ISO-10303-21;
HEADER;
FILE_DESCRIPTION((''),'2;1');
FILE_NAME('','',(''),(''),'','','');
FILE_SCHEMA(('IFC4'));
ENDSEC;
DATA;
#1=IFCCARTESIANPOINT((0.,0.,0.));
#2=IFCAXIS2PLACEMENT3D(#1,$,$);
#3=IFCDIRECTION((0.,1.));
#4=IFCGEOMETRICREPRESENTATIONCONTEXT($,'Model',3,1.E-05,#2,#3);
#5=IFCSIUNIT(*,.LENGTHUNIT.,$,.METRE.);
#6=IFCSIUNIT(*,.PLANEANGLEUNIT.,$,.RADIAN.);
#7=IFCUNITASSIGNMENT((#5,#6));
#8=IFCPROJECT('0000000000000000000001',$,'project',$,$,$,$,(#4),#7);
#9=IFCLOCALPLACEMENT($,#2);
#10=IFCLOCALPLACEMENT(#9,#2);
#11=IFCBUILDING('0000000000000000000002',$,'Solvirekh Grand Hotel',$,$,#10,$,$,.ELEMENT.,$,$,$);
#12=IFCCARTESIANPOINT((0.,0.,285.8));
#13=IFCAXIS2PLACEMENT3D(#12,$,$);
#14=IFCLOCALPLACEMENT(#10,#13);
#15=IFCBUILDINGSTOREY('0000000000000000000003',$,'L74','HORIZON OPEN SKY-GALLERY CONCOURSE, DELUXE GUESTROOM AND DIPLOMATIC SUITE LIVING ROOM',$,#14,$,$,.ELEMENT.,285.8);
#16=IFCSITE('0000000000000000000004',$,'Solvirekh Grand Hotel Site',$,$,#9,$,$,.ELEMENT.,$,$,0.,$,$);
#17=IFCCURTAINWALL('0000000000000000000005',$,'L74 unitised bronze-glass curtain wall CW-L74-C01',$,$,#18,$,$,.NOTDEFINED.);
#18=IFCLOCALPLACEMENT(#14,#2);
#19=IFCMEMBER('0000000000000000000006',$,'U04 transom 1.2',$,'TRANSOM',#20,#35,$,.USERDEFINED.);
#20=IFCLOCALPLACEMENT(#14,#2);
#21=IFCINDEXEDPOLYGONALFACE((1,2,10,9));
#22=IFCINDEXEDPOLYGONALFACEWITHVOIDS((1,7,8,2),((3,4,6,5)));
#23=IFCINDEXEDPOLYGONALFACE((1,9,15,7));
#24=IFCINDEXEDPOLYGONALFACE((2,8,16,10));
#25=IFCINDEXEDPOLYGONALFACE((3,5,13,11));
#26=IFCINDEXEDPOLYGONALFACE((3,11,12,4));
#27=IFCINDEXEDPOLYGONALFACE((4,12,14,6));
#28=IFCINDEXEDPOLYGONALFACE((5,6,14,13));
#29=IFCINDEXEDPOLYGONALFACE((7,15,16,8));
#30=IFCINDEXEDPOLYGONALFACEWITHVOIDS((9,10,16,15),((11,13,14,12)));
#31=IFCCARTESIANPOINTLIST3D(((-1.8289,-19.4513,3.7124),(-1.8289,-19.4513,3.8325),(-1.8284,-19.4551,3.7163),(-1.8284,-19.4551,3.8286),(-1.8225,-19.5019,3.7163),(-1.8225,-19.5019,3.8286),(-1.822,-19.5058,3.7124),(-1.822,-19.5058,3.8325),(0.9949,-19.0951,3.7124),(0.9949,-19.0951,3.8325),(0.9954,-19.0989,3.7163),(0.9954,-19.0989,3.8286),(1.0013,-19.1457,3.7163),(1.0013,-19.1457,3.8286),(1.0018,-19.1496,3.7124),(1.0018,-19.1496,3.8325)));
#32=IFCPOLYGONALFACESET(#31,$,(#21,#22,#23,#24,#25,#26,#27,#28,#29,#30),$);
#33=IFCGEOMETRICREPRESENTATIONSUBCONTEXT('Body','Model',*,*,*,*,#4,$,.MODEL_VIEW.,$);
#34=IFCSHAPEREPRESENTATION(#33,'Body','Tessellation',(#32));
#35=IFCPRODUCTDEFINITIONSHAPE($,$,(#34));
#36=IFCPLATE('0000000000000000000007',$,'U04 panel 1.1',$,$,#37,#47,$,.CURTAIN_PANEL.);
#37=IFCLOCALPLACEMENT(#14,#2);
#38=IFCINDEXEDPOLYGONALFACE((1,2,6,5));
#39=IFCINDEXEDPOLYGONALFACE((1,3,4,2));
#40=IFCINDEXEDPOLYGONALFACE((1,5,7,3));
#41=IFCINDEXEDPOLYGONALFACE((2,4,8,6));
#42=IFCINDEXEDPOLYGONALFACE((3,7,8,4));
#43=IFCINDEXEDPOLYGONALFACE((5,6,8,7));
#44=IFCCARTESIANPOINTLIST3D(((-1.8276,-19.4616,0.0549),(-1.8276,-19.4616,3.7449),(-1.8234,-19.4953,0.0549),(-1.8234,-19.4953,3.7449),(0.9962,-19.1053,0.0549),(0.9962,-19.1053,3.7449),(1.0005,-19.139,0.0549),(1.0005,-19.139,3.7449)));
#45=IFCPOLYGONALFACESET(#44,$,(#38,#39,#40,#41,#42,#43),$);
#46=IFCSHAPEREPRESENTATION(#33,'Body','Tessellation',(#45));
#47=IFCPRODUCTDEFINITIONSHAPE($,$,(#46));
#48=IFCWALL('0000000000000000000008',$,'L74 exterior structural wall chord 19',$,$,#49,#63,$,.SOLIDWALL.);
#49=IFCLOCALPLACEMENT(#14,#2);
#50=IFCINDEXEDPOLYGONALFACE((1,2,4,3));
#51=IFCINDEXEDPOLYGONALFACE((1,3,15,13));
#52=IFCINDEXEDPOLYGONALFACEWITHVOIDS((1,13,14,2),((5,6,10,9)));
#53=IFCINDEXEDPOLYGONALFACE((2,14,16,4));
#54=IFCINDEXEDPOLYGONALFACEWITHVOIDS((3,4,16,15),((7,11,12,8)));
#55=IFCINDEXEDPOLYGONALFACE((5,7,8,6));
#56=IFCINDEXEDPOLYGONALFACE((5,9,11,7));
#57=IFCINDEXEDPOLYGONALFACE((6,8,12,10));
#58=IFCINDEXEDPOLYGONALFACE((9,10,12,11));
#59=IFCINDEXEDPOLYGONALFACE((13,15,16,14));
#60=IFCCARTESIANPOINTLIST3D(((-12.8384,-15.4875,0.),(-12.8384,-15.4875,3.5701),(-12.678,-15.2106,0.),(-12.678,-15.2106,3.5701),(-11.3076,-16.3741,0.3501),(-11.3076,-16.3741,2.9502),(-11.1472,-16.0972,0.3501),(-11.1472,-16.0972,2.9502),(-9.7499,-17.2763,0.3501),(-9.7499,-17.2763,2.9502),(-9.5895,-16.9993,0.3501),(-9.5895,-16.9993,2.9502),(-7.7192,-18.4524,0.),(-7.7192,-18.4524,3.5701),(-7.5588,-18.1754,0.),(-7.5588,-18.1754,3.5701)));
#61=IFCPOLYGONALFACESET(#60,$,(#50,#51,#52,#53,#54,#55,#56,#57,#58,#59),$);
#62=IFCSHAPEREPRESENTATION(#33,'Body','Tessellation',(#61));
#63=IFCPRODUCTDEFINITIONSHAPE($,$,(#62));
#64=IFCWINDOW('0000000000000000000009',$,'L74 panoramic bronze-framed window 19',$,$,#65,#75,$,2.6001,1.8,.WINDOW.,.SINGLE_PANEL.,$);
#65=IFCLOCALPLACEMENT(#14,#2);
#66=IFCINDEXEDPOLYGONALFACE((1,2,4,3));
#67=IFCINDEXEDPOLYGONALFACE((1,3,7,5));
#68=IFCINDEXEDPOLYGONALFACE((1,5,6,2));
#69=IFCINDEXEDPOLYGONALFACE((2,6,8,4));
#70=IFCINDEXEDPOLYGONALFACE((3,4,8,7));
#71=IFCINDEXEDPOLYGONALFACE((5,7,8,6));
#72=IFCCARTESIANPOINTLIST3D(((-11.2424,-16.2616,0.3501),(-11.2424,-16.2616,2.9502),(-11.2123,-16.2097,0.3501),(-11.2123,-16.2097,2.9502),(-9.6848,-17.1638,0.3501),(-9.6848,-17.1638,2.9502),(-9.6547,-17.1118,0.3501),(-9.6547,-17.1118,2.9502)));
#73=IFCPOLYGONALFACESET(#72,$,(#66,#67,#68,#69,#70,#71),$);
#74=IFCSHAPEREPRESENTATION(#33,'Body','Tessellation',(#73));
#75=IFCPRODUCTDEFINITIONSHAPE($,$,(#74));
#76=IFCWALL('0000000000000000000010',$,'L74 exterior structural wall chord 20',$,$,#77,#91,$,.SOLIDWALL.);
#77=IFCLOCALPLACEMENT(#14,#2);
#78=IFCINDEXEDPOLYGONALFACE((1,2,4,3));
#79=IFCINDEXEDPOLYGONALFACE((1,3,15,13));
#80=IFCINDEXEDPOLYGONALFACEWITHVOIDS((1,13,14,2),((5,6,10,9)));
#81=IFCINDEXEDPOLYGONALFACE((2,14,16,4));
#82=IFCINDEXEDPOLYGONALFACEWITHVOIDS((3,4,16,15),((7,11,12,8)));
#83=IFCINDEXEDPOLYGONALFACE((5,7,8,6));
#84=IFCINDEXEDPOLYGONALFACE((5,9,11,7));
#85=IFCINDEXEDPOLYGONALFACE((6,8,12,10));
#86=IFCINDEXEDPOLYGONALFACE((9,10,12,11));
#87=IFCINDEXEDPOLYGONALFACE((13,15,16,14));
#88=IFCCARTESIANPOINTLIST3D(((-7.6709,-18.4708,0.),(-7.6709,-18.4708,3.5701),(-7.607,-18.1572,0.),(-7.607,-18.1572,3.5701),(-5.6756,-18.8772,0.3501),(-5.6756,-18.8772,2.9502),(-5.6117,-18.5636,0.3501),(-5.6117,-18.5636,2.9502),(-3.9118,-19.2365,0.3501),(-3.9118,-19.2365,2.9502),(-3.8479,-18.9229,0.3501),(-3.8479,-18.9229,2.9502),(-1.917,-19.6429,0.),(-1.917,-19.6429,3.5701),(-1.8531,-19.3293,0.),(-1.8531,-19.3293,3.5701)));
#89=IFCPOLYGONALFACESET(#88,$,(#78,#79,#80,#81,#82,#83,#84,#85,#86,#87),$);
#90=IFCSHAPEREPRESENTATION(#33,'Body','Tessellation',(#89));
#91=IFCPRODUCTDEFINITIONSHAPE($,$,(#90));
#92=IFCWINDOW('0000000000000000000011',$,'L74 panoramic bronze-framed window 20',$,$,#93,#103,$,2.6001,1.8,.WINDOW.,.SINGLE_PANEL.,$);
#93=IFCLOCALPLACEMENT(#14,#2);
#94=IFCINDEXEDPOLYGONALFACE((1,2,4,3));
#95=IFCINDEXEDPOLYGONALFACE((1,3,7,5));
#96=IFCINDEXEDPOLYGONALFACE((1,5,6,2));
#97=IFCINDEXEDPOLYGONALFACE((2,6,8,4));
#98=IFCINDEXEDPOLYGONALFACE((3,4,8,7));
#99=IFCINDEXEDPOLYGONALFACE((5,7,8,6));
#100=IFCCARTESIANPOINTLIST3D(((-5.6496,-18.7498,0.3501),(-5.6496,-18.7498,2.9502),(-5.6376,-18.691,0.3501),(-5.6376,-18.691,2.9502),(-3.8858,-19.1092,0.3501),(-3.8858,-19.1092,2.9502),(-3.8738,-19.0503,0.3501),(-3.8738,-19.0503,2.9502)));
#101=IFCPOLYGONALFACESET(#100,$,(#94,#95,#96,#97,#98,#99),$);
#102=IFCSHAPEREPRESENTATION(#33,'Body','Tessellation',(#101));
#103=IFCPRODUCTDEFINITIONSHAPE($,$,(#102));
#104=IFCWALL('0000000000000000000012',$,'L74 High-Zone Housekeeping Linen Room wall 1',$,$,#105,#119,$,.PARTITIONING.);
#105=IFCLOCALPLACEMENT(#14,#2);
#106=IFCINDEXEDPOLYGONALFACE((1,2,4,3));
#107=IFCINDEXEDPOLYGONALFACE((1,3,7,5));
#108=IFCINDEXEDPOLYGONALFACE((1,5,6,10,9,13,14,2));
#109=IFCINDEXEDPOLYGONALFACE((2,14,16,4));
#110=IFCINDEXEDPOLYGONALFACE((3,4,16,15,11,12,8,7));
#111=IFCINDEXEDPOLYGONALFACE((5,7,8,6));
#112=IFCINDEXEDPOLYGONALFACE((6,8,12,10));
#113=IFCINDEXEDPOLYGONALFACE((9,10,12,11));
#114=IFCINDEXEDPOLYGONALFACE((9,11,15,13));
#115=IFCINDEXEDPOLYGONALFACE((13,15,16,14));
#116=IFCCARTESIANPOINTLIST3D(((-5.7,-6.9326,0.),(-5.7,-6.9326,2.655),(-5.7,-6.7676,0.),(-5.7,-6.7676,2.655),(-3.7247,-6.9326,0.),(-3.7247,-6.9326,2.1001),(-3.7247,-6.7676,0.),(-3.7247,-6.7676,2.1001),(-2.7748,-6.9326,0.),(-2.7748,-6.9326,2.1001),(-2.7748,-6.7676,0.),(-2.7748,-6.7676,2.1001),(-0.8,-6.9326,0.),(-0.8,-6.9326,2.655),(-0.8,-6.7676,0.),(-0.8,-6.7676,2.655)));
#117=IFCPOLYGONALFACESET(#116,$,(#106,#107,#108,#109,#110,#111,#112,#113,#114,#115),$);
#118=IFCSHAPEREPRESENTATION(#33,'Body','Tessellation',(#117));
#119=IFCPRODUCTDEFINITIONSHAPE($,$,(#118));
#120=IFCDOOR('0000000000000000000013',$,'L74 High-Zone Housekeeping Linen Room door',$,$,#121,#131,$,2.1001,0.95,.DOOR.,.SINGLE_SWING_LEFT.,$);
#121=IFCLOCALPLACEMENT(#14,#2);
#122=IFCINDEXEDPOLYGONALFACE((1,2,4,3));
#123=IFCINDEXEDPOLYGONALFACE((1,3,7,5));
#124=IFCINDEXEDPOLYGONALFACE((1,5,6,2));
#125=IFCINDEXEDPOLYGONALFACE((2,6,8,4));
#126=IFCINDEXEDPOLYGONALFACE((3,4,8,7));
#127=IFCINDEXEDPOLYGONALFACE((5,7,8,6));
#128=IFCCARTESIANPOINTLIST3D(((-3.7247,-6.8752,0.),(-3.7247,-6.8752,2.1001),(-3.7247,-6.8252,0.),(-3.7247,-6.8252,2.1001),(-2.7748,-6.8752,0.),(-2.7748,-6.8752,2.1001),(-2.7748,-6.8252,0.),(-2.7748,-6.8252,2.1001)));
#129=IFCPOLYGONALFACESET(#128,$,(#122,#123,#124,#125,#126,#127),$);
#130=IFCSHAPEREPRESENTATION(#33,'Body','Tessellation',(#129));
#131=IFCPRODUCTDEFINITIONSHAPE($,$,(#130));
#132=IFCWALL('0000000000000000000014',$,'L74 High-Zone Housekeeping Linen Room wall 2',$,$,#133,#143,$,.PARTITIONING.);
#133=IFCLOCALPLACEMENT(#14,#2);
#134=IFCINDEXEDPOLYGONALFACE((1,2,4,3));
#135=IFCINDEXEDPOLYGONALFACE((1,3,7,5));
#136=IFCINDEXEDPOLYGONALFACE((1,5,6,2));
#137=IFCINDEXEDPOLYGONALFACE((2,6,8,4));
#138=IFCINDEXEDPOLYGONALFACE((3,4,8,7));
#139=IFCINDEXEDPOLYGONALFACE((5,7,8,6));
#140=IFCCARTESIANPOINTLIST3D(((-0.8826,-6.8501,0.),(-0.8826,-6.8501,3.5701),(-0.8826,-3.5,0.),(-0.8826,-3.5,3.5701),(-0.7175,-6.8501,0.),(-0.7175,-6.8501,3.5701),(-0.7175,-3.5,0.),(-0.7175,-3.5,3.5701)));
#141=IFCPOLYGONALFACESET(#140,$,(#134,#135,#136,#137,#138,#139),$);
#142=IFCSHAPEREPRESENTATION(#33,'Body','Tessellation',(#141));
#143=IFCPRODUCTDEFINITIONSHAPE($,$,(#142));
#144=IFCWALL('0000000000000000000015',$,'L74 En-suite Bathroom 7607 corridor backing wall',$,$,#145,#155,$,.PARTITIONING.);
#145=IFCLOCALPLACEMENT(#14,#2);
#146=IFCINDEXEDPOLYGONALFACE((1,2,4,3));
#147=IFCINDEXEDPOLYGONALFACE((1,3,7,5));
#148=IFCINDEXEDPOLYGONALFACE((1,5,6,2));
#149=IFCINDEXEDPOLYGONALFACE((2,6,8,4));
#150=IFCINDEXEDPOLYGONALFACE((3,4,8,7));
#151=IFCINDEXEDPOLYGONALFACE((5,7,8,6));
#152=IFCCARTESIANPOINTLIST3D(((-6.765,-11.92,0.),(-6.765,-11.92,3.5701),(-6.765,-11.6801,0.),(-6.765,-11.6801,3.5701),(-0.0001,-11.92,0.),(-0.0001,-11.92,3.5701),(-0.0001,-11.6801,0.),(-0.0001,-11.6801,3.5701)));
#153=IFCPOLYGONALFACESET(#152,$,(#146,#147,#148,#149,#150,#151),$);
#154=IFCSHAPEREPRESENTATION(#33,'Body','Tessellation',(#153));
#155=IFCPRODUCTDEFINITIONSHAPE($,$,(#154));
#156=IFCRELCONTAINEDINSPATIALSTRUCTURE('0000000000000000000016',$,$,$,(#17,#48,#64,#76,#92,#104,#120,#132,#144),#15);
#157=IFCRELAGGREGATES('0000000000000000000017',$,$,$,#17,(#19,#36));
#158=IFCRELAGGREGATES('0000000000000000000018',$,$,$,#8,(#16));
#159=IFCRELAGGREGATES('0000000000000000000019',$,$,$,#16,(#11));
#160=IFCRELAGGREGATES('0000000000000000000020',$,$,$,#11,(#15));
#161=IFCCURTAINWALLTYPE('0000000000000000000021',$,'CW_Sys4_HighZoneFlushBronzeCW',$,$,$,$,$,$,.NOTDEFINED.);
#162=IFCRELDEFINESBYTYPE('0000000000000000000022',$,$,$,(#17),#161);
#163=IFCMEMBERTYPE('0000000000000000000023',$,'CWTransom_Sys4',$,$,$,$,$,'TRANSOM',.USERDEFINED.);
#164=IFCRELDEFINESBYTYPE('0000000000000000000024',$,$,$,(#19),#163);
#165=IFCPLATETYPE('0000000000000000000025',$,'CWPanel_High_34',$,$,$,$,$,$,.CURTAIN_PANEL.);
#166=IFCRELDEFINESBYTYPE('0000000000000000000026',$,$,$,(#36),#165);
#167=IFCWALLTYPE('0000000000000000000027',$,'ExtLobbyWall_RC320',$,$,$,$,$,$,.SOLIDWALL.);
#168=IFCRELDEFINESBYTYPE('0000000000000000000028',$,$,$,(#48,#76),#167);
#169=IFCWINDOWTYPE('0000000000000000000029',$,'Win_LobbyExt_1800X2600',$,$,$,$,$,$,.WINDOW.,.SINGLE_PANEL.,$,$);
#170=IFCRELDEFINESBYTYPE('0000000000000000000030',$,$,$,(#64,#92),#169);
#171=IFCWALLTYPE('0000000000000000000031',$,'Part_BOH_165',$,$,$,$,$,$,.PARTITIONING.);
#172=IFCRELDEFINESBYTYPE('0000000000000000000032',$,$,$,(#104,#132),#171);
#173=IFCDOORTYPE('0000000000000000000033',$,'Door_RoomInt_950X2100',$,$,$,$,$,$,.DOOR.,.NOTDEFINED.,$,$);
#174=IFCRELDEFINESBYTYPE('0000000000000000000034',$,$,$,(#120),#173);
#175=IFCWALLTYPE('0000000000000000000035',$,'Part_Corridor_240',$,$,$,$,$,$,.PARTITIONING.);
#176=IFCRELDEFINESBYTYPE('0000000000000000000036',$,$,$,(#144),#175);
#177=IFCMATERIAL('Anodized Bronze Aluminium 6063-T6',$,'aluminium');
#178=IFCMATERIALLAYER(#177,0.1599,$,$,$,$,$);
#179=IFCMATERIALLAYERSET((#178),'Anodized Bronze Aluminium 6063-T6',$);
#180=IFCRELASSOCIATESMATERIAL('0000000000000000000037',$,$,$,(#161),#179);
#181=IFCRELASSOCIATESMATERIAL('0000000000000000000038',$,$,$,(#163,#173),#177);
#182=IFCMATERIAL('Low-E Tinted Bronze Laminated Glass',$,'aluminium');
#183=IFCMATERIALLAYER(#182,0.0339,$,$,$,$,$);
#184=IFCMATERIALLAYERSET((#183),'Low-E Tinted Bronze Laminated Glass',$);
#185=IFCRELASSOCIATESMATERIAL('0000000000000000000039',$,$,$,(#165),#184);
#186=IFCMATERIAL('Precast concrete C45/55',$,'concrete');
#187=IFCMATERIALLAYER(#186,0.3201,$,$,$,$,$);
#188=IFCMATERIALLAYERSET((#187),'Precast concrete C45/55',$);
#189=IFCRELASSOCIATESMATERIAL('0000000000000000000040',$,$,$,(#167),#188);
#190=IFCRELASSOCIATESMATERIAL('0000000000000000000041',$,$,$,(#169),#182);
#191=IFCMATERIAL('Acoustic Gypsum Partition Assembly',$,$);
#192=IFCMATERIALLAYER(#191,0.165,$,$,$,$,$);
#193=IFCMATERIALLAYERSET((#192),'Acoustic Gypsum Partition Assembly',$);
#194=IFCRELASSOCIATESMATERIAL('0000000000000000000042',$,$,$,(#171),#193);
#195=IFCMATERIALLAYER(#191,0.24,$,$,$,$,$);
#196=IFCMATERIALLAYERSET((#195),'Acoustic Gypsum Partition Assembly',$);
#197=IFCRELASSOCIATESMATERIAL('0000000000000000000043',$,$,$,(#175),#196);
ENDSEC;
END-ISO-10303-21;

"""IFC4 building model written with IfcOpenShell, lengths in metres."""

from ifc_helpers import new_model, si_unit, direction, frame, frame_2d, origin, origin_2d, place, context, subcontext, project, spatial, rectangle, hollow_rectangle, extrude, source, transform, mapped, material, layer, layer_set, material_profile, profile_set, type_object, element, fill, aggregate, save


model = new_model("IFC4")

# Units and contexts
model_context = context("Model", 3, precision=1e-05, world=origin(), true_north=direction((0.0, 1.0)))
body_context = subcontext(model_context, "Body", "Model", "MODEL_VIEW")
ifc_project = project(units=[si_unit("LENGTHUNIT", "METRE"), si_unit("PLANEANGLEUNIT", "RADIAN")], contexts=[model_context])

# Site, building, storey
site_placement = place(None, origin())
site = spatial("IfcSite", under=ifc_project, at=site_placement, Name="Solvirekh Grand Hotel Site", CompositionType="ELEMENT", RefElevation=0.0)
building_placement = place(site_placement, origin())
building = spatial("IfcBuilding", under=site, at=building_placement, Name="Solvirekh Grand Hotel", CompositionType="ELEMENT")
storey_placement = place(building_placement, frame((0.0, 0.0, 285.8)))
storey = spatial("IfcBuildingStorey", under=building, at=storey_placement, Name="L74", Description="HORIZON OPEN SKY-GALLERY CONCOURSE, DELUXE GUESTROOM AND DIPLOMATIC SUITE LIVING ROOM", CompositionType="ELEMENT", Elevation=285.8)

# Curtain wall, member, plate
ifc_material_1 = material(Name="Anodized Bronze Aluminium 6063-T6", Category="aluminium")
ifc_layer_1 = layer(ifc_material_1, 0.1599)
ifc_layer_set_1 = layer_set([ifc_layer_1], Name="Anodized Bronze Aluminium 6063-T6")
curtain_wall_type = type_object("IfcCurtainWallType", Name="CW_Sys4_HighZoneFlushBronzeCW", PredefinedType="NOTDEFINED", material=ifc_layer_set_1)
curtain_wall_placement = place(storey_placement, origin())
curtain_wall = element("IfcCurtainWall", 1, at=curtain_wall_placement, inside=storey, type_object=curtain_wall_type, Name="L74 unitised bronze-glass curtain wall CW-L74-C01", PredefinedType="NOTDEFINED")
ifc_material_profile_1 = material_profile(ifc_material_1, hollow_rectangle(XDim=0.0549, YDim=0.1201, WallThickness=0.0039, at=origin_2d()), Name="ALU RHS 120X55X4")
ifc_profile_set_1 = profile_set([ifc_material_profile_1], Name="Anodized Bronze Aluminium 6063-T6")
member_type_1 = type_object("IfcMemberType", Name="CWTransom_Sys4", ElementType="TRANSOM", PredefinedType="USERDEFINED", material=ifc_profile_set_1)
shared_shape_1 = source(origin(), body_context, "Body", "SweptSolid", [
    extrude(hollow_rectangle(XDim=0.0549, YDim=0.1201, WallThickness=0.0039, at=origin_2d()), origin(), (0.0, 0.0, 1.0), 2.8462),
])
member_1_placement = place(storey_placement, frame((-1.8254, -19.4785, 3.7725), z_axis=(0.992137, 0.125154, 0.0), x_axis=(-0.125154, 0.992137, 0.0)))
member_1 = element("IfcMember", 2, at=member_1_placement, type_object=member_type_1, Name="U04 transom 1.2", ObjectType="TRANSOM", PredefinedType="USERDEFINED", context=body_context, shape_type="MappedRepresentation", body=[
    mapped(shared_shape_1, transform((0.0, 0.0, 0.0), x_axis=(1.0, 0.0, 0.0), y_axis=(0.0, 1.0, 0.0), z_axis=(0.0, 0.0, 1.0), scale=1.0)),
])
ifc_material_2 = material(Name="Low-E Tinted Bronze Laminated Glass", Category="aluminium")
ifc_layer_2 = layer(ifc_material_2, 0.0339)
ifc_layer_set_2 = layer_set([ifc_layer_2], Name="Low-E Tinted Bronze Laminated Glass")
plate_type = type_object("IfcPlateType", Name="CWPanel_High_34", PredefinedType="CURTAIN_PANEL", material=ifc_layer_set_2)
shared_shape_2 = source(origin(), body_context, "Body", "SweptSolid", [
    extrude(rectangle(XDim=2.8462, YDim=0.0339, at=origin_2d()), origin(), (0.0, 0.0, 1.0), 3.6899),
])
plate_placement = place(storey_placement, frame((-0.4136, -19.3003, 0.0549), z_axis=(0.0, 0.0, 1.0), x_axis=(0.992136, 0.125166, 0.0)))
plate = element("IfcPlate", 3, at=plate_placement, type_object=plate_type, Name="U04 panel 1.1", PredefinedType="CURTAIN_PANEL", context=body_context, shape_type="MappedRepresentation", body=[
    mapped(shared_shape_2, transform((0.0, 0.0, 0.0), x_axis=(1.0, 0.0, 0.0), y_axis=(0.0, 1.0, 0.0), z_axis=(0.0, 0.0, 1.0), scale=1.0)),
])
aggregate(curtain_wall, [member_1, plate])

# Walls, openings, windows
ifc_material_3 = material(Name="Precast concrete C45/55", Category="concrete")
ifc_layer_3 = layer(ifc_material_3, 0.3201)
ifc_layer_set_3 = layer_set([ifc_layer_3], Name="Precast concrete C45/55")
wall_type_1 = type_object("IfcWallType", Name="ExtLobbyWall_RC320", PredefinedType="SOLIDWALL", material=ifc_layer_set_3)
wall_1_placement = place(storey_placement, frame((-7.6389, -18.314, 0.0), z_axis=(0.0, 0.0, 1.0), x_axis=(-0.865343, 0.501179, 0.0)))
wall_1 = element("IfcWall", 4, at=wall_1_placement, inside=storey, type_object=wall_type_1, Name="L74 exterior structural wall chord 19", PredefinedType="SOLIDWALL", context=body_context, shape_type="SweptSolid", body=[
    extrude(rectangle(XDim=5.9158, YDim=0.3201, at=frame_2d((2.958, 0.0))), origin(), (0.0, 0.0, 1.0), 3.5701),
])
opening_1_placement = place(wall_1_placement, frame((2.3469, 0.0, 0.3501)))
opening_1 = element("IfcOpeningElement", 5, at=opening_1_placement, cuts=wall_1, PredefinedType="OPENING", context=body_context, shape_type="SweptSolid", body=[
    extrude(rectangle(XDim=1.8, YDim=2.6001, at=frame_2d((0.8999, 1.3))), frame((0.0, 0.1699, 0.0), z_axis=(0.0, -1.0, 0.0), x_axis=(1.0, 0.0, 0.0)), (0.0, 0.0, 1.0), 0.3401),
])
window_type = type_object("IfcWindowType", Name="Win_LobbyExt_1800X2600", PartitioningType="SINGLE_PANEL", PredefinedType="WINDOW", material=ifc_material_2)
window_1_placement = place(opening_1_placement, origin())
window_1 = element("IfcWindow", 6, at=window_1_placement, inside=storey, type_object=window_type, Name="L74 panoramic bronze-framed window 19", OverallHeight=2.6001, OverallWidth=1.8, PartitioningType="SINGLE_PANEL", PredefinedType="WINDOW", context=body_context, shape_type="SweptSolid", body=[
    extrude(rectangle(XDim=1.8, YDim=2.6001, at=frame_2d((0.8999, 1.3))), frame((0.0, 0.03, 0.0), z_axis=(0.0, -1.0, 0.0), x_axis=(1.0, 0.0, 0.0)), (0.0, 0.0, 1.0), 0.0601),
])
fill(opening_1, window_1)
wall_2_placement = place(storey_placement, frame((-1.885, -19.4861, 0.0), z_axis=(0.0, 0.0, 1.0), x_axis=(-0.979876, 0.199609, 0.0)))
wall_2 = element("IfcWall", 7, at=wall_2_placement, inside=storey, type_object=wall_type_1, Name="L74 exterior structural wall chord 20", PredefinedType="SOLIDWALL", context=body_context, shape_type="SweptSolid", body=[
    extrude(rectangle(XDim=5.8721, YDim=0.3201, at=frame_2d((2.936, 0.0))), origin(), (0.0, 0.0, 1.0), 3.5701),
])
opening_2_placement = place(wall_2_placement, frame((2.0359, 0.0, 0.3501)))
opening_2 = element("IfcOpeningElement", 8, at=opening_2_placement, cuts=wall_2, PredefinedType="OPENING", context=body_context, shape_type="SweptSolid", body=[
    extrude(rectangle(XDim=1.8, YDim=2.6001, at=frame_2d((0.8999, 1.3))), frame((0.0, 0.1699, 0.0), z_axis=(0.0, -1.0, 0.0), x_axis=(1.0, 0.0, 0.0)), (0.0, 0.0, 1.0), 0.3401),
])
window_2_placement = place(opening_2_placement, origin())
window_2 = element("IfcWindow", 9, at=window_2_placement, inside=storey, type_object=window_type, Name="L74 panoramic bronze-framed window 20", OverallHeight=2.6001, OverallWidth=1.8, PartitioningType="SINGLE_PANEL", PredefinedType="WINDOW", context=body_context, shape_type="SweptSolid", body=[
    extrude(rectangle(XDim=1.8, YDim=2.6001, at=frame_2d((0.8999, 1.3))), frame((0.0, 0.03, 0.0), z_axis=(0.0, -1.0, 0.0), x_axis=(1.0, 0.0, 0.0)), (0.0, 0.0, 1.0), 0.0601),
])
fill(opening_2, window_2)

# Wall, opening, door
ifc_material_4 = material(Name="Acoustic Gypsum Partition Assembly")
ifc_layer_4 = layer(ifc_material_4, 0.165)
ifc_layer_set_4 = layer_set([ifc_layer_4], Name="Acoustic Gypsum Partition Assembly")
wall_type_2 = type_object("IfcWallType", Name="Part_BOH_165", PredefinedType="PARTITIONING", material=ifc_layer_set_4)
wall_3_placement = place(storey_placement, frame((-5.7, -6.8501, 0.0), z_axis=(0.0, 0.0, 1.0), x_axis=(1.0, 0.0, 0.0)))
wall_3 = element("IfcWall", 10, at=wall_3_placement, inside=storey, type_object=wall_type_2, Name="L74 High-Zone Housekeeping Linen Room wall 1", PredefinedType="PARTITIONING", context=body_context, shape_type="SweptSolid", body=[
    extrude(rectangle(XDim=4.8999, YDim=0.165, at=frame_2d((2.45, 0.0))), origin(), (0.0, 0.0, 1.0), 2.655),
])
opening_3_placement = place(wall_3_placement, frame((1.9751, 0.0, 0.0)))
opening_3 = element("IfcOpeningElement", 11, at=opening_3_placement, cuts=wall_3, PredefinedType="OPENING", context=body_context, shape_type="SweptSolid", body=[
    extrude(rectangle(XDim=0.95, YDim=2.1001, at=frame_2d((0.4751, 1.05))), frame((0.0, 0.0925, 0.0), z_axis=(0.0, -1.0, 0.0), x_axis=(1.0, 0.0, 0.0)), (0.0, 0.0, 1.0), 0.1851),
])
door_type_1 = type_object("IfcDoorType", Name="Door_RoomInt_950X2100", OperationType="NOTDEFINED", PredefinedType="DOOR", material=ifc_material_1)
door_1_placement = place(opening_3_placement, origin())
door_1 = element("IfcDoor", 12, at=door_1_placement, inside=storey, type_object=door_type_1, Name="L74 High-Zone Housekeeping Linen Room door", OperationType="SINGLE_SWING_LEFT", OverallHeight=2.1001, OverallWidth=0.95, PredefinedType="DOOR", context=body_context, shape_type="SweptSolid", body=[
    extrude(rectangle(XDim=0.95, YDim=2.1001, at=frame_2d((0.4751, 1.05))), frame((0.0, 0.0249, 0.0), z_axis=(0.0, -1.0, 0.0), x_axis=(1.0, 0.0, 0.0)), (0.0, 0.0, 1.0), 0.05),
])
fill(opening_3, door_1)

# Walls
wall_4_placement = place(storey_placement, frame((-0.8, -6.8501, 0.0), z_axis=(0.0, 0.0, 1.0), x_axis=(0.0, 1.0, 0.0)))
element("IfcWall", 13, at=wall_4_placement, inside=storey, type_object=wall_type_2, Name="L74 High-Zone Housekeeping Linen Room wall 2", PredefinedType="PARTITIONING", context=body_context, shape_type="SweptSolid", body=[
    extrude(rectangle(XDim=3.3501, YDim=0.165, at=frame_2d((1.675, 0.0))), origin(), (0.0, 0.0, 1.0), 3.5701),
])
ifc_layer_5 = layer(ifc_material_4, 0.24)
ifc_layer_set_5 = layer_set([ifc_layer_5], Name="Acoustic Gypsum Partition Assembly")
wall_type_3 = type_object("IfcWallType", Name="Part_Corridor_240", PredefinedType="PARTITIONING", material=ifc_layer_set_5)
wall_5_placement = place(storey_placement, frame((-6.7649, -11.8, 0.0), z_axis=(0.0, 0.0, 1.0), x_axis=(1.0, 0.0, 0.0)))
element("IfcWall", 14, at=wall_5_placement, inside=storey, type_object=wall_type_3, Name="L74 En-suite Bathroom 7607 corridor backing wall", PredefinedType="PARTITIONING", context=body_context, shape_type="SweptSolid", body=[
    extrude(rectangle(XDim=6.7649, YDim=0.24, at=frame_2d((3.3823, 0.0))), origin(), (0.0, 0.0, 1.0), 3.5701),
])

save(model, "model.ifc")
